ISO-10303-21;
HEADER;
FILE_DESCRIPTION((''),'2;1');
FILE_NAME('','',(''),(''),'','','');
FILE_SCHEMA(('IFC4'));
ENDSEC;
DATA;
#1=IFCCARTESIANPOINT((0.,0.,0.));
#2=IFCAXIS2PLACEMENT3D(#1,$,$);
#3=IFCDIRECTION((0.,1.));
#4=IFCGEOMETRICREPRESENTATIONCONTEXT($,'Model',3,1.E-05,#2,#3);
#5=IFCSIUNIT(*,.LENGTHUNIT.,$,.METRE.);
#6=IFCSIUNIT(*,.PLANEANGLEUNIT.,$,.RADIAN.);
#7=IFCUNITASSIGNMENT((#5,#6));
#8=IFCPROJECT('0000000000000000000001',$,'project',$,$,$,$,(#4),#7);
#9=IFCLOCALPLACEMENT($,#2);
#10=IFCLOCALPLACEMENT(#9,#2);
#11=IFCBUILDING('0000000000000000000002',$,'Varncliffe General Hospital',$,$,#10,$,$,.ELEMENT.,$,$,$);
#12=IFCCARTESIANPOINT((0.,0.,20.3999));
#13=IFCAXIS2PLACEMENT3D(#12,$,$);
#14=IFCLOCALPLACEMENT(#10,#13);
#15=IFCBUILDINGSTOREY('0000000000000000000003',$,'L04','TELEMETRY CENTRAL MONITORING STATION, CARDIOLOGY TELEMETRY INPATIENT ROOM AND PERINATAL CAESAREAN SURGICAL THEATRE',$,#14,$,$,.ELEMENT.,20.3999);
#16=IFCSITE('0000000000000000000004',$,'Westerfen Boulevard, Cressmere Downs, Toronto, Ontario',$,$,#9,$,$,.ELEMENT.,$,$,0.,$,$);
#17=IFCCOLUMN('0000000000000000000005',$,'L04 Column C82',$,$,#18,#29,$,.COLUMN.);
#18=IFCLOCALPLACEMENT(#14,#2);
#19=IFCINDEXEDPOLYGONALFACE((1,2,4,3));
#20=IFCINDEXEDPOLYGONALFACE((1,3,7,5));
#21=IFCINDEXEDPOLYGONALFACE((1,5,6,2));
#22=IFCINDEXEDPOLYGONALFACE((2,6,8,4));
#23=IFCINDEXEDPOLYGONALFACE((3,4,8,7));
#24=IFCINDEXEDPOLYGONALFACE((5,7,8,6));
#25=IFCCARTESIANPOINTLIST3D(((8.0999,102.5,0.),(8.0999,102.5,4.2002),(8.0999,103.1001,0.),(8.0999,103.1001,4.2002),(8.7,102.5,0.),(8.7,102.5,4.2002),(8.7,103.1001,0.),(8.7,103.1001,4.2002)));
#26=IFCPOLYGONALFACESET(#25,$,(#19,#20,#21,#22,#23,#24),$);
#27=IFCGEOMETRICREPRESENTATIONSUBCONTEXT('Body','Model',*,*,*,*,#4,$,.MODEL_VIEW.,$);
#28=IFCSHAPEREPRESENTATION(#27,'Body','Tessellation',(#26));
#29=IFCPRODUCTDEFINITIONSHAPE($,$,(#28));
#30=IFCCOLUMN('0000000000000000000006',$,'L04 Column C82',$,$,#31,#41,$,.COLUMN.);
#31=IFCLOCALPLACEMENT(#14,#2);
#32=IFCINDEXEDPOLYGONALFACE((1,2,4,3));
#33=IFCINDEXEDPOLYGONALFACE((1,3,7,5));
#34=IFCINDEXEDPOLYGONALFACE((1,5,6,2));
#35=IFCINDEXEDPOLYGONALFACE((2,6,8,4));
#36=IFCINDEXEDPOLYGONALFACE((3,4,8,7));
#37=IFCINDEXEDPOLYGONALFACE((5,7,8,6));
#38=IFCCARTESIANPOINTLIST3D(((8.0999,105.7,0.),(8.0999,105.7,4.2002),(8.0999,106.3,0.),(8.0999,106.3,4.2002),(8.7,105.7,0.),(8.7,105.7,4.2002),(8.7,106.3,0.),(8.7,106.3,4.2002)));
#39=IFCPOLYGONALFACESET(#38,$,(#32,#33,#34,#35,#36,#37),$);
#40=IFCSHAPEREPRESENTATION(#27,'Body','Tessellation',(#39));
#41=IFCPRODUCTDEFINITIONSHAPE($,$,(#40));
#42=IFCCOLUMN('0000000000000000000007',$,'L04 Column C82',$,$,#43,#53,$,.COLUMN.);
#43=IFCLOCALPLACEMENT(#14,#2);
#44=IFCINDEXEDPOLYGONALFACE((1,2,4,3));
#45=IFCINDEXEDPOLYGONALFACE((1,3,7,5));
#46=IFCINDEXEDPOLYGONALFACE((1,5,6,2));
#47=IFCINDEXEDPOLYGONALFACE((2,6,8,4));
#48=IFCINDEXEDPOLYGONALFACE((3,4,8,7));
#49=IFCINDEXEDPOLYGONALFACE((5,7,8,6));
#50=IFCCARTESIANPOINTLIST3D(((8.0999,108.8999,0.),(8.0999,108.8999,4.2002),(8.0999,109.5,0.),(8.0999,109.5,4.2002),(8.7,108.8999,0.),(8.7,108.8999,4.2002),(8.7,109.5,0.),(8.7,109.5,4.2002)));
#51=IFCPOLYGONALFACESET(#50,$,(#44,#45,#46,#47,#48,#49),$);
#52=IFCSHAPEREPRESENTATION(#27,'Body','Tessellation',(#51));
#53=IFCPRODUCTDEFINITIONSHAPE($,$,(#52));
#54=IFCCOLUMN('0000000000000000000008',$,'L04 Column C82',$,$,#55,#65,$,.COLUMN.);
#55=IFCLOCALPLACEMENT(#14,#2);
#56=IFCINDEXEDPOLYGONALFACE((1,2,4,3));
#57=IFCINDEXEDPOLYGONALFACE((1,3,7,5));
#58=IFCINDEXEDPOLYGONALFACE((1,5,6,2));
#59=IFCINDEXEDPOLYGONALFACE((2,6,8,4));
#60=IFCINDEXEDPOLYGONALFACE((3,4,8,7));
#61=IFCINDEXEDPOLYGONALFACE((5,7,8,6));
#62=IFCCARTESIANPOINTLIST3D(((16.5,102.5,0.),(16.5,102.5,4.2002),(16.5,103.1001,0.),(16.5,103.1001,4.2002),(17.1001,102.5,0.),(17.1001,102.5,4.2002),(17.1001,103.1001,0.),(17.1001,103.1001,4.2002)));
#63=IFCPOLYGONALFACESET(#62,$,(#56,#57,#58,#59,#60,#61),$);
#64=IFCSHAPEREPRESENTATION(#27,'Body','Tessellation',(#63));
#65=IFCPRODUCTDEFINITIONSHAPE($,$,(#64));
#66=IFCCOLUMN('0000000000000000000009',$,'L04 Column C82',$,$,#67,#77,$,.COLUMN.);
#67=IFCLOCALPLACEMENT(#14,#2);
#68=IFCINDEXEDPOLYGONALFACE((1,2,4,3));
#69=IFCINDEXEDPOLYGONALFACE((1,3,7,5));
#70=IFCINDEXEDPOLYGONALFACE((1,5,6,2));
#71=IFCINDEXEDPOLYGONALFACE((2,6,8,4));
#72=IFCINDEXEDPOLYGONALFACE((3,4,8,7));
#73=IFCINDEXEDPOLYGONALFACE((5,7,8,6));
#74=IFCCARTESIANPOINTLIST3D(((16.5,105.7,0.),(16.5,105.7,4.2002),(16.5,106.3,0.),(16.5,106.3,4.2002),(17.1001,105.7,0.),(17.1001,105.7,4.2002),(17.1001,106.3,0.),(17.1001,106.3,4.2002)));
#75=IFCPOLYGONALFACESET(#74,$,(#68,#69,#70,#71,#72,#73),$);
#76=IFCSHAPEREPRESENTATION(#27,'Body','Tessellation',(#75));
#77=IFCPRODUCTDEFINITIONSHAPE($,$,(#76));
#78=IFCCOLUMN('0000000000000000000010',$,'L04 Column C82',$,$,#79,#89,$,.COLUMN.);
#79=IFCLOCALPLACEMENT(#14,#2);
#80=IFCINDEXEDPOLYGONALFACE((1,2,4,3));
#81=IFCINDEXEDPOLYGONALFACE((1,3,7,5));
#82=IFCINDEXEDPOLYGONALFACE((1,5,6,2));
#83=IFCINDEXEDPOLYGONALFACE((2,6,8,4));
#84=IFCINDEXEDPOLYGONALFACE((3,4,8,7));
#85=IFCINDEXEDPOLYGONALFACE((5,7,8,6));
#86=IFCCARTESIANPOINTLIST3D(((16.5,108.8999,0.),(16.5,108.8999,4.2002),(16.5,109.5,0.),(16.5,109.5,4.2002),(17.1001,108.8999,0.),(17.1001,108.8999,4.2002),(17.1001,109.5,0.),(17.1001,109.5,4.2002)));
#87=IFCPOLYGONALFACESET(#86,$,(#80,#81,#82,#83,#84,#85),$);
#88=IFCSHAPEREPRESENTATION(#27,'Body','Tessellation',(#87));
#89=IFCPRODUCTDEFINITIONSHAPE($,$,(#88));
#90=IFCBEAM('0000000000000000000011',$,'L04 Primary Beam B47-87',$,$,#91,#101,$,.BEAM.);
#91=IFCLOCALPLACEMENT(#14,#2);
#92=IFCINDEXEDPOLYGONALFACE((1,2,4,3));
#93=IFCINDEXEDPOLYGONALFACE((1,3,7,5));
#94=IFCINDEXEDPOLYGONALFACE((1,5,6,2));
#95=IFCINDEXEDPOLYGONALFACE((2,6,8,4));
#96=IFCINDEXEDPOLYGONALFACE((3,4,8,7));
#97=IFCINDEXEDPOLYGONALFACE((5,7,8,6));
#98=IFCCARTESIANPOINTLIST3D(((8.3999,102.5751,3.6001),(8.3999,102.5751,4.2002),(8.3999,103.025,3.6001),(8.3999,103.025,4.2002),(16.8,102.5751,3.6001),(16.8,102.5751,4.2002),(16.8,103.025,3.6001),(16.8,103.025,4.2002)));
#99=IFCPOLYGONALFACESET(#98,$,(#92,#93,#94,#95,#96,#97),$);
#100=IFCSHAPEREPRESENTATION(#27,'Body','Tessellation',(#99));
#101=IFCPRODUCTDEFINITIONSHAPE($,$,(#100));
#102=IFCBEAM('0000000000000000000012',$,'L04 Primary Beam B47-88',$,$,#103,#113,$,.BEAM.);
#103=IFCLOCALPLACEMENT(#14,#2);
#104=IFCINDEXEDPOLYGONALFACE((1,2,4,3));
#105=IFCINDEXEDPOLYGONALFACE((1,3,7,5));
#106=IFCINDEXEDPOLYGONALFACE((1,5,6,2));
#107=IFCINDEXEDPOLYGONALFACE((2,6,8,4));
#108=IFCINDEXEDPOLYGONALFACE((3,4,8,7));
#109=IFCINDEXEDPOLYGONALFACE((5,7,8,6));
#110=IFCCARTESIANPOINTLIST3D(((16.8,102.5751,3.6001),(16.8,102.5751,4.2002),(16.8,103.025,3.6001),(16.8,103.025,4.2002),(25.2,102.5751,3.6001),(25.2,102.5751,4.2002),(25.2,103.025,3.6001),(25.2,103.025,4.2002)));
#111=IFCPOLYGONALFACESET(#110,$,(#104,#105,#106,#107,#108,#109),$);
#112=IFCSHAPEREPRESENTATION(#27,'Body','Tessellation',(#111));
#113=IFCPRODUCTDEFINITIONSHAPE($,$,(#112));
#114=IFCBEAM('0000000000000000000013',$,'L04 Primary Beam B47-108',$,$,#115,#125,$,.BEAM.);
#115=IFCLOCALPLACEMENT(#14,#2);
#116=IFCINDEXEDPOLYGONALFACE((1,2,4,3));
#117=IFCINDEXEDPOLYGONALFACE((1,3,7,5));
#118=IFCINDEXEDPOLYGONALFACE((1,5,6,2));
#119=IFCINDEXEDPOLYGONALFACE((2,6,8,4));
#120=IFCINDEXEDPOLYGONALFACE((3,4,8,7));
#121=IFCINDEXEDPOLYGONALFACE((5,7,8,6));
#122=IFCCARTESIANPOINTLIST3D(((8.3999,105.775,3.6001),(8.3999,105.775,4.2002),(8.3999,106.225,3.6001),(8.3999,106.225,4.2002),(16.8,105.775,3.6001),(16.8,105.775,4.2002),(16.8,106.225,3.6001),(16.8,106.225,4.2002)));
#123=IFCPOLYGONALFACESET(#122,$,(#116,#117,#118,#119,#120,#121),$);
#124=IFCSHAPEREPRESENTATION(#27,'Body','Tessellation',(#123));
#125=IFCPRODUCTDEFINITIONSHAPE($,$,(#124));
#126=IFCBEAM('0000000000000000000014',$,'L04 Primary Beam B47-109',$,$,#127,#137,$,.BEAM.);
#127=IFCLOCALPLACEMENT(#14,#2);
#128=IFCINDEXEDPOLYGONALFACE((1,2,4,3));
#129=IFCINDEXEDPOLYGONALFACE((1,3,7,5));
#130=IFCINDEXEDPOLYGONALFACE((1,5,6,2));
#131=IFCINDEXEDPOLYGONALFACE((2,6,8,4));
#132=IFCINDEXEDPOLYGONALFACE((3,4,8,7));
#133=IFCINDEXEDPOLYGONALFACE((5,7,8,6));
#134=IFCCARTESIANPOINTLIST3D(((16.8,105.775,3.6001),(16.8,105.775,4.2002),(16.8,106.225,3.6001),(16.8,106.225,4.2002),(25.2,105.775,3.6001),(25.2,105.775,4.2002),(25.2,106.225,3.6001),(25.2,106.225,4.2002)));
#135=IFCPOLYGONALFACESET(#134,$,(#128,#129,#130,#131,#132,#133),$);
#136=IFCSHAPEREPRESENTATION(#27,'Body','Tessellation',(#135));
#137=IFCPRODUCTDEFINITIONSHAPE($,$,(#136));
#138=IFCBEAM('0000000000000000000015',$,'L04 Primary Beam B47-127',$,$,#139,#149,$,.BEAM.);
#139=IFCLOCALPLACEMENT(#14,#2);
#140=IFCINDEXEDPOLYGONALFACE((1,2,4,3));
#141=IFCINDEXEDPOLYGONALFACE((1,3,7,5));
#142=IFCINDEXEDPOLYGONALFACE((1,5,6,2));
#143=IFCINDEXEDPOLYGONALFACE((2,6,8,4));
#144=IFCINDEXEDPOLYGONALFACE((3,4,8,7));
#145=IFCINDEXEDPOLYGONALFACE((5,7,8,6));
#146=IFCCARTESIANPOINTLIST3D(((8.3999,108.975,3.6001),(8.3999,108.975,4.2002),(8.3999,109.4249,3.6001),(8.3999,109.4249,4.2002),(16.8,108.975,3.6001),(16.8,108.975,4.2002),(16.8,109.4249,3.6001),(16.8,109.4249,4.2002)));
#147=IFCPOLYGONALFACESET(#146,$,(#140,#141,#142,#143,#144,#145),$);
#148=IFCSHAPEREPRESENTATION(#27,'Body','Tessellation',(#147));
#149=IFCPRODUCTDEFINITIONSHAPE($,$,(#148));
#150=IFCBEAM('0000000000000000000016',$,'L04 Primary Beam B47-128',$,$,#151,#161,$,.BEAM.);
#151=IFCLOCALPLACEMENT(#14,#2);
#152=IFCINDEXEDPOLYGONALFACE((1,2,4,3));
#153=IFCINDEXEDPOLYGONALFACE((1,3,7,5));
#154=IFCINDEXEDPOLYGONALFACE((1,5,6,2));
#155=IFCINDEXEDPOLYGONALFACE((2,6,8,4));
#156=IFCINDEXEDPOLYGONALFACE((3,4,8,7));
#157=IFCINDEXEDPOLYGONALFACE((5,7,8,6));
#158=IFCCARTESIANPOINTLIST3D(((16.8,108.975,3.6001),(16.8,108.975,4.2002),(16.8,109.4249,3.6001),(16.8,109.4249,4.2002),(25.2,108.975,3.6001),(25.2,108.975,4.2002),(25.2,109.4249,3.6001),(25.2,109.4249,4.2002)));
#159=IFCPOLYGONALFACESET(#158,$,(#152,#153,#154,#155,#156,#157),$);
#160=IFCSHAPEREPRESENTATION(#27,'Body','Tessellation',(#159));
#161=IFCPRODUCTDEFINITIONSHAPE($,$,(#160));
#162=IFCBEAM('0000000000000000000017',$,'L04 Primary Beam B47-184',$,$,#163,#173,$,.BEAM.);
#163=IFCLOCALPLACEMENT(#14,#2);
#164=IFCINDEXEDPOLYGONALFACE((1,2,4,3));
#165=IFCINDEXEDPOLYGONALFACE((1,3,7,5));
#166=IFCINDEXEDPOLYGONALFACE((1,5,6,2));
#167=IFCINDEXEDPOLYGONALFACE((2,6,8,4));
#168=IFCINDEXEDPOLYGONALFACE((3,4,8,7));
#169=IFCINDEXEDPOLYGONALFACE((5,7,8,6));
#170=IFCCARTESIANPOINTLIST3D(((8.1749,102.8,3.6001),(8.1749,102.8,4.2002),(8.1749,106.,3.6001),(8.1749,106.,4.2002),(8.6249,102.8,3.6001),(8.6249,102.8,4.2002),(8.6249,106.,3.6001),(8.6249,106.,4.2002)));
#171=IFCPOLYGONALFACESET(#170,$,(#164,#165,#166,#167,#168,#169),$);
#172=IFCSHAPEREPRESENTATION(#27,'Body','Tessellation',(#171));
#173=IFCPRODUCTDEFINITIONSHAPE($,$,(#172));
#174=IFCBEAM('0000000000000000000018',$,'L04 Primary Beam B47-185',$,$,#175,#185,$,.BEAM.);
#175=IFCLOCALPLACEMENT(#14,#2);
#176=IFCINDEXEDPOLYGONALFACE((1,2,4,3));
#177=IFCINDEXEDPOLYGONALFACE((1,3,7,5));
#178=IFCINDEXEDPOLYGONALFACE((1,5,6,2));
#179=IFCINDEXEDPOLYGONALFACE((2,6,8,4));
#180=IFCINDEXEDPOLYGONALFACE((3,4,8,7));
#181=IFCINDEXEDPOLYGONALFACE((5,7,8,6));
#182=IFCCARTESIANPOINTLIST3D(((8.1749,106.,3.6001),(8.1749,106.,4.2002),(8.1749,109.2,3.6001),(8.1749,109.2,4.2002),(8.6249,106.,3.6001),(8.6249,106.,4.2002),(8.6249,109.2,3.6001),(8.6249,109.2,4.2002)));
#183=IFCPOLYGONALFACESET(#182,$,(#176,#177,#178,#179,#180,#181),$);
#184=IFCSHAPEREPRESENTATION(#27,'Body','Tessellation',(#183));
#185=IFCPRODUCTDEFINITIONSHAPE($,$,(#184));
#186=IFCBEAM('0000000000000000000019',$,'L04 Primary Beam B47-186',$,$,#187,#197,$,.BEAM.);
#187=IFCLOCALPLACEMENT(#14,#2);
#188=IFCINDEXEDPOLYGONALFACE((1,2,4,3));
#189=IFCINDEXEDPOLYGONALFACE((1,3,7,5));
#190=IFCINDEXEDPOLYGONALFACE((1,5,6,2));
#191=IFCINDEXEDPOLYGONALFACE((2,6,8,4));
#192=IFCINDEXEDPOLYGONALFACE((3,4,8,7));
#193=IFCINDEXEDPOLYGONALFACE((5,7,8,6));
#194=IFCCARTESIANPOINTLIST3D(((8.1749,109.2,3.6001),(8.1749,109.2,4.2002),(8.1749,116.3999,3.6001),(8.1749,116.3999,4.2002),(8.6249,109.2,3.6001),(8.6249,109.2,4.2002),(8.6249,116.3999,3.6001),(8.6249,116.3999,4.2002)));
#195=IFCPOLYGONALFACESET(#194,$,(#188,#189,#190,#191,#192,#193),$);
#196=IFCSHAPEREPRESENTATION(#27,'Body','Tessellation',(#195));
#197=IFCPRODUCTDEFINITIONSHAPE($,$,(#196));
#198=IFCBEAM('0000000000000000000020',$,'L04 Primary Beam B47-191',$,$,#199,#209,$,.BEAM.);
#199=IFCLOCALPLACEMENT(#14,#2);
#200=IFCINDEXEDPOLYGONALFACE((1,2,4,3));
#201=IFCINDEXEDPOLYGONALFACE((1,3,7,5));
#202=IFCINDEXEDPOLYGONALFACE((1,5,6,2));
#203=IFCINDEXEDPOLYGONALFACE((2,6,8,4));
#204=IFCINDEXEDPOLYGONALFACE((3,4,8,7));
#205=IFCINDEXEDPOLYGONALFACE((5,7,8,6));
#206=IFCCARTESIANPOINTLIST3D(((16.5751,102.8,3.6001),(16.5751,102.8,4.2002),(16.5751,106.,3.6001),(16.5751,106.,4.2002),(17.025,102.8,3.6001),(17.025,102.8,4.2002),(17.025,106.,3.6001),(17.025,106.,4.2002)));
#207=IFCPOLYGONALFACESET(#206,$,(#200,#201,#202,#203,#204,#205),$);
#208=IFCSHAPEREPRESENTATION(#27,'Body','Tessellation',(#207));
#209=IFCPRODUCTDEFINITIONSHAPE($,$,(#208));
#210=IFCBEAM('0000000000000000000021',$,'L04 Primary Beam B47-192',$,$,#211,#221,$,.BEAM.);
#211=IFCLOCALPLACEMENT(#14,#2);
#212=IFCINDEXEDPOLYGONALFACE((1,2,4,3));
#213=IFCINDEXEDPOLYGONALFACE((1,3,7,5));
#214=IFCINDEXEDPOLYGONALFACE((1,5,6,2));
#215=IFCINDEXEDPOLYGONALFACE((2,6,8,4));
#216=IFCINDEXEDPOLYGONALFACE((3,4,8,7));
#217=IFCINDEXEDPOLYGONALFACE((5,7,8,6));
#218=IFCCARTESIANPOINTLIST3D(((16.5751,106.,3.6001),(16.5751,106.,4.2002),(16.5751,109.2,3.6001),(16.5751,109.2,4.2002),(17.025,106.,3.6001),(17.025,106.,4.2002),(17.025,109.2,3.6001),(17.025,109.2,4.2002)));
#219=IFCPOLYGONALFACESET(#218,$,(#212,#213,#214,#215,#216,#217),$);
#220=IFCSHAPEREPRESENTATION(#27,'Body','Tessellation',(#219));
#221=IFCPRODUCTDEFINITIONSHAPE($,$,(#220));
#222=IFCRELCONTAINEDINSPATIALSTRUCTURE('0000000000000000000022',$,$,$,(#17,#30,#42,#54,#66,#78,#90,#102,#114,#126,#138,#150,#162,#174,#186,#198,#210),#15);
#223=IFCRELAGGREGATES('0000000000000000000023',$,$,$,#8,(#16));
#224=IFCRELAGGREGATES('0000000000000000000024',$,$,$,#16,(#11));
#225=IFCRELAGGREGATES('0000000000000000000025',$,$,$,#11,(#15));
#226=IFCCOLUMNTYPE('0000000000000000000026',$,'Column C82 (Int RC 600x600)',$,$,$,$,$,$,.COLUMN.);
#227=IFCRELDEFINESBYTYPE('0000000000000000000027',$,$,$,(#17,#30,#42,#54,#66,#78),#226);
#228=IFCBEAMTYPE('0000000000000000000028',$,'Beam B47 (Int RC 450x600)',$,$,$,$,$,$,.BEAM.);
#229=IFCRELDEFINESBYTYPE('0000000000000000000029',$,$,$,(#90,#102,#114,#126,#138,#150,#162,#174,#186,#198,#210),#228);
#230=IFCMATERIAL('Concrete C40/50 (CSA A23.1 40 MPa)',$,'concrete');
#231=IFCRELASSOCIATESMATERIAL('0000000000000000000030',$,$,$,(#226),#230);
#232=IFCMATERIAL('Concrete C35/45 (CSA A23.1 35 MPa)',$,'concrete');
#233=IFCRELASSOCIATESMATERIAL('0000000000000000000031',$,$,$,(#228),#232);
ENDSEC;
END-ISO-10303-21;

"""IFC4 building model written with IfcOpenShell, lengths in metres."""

from ifc_helpers import new_model, si_unit, direction, frame, origin, origin_2d, place, context, subcontext, project, spatial, rectangle, extrude, material, material_profile, profile_set, type_object, element, save


model = new_model("IFC4")

# Units and contexts
model_context = context("Model", 3, precision=1e-05, world=origin(), true_north=direction((0.0, 1.0)))
body_context = subcontext(model_context, "Body", "Model", "MODEL_VIEW")
ifc_project = project(units=[si_unit("LENGTHUNIT", "METRE"), si_unit("PLANEANGLEUNIT", "RADIAN")], contexts=[model_context])

# Site, building, storey
site_placement = place(None, origin())
site = spatial("IfcSite", under=ifc_project, at=site_placement, Name="Westerfen Boulevard, Cressmere Downs, Toronto, Ontario", CompositionType="ELEMENT", RefElevation=0.0)
building_placement = place(site_placement, origin())
building = spatial("IfcBuilding", under=site, at=building_placement, Name="Varncliffe General Hospital", CompositionType="ELEMENT")
storey_placement = place(building_placement, frame((0.0, 0.0, 20.3999)))
storey = spatial("IfcBuildingStorey", under=building, at=storey_placement, Name="L04", Description="TELEMETRY CENTRAL MONITORING STATION, CARDIOLOGY TELEMETRY INPATIENT ROOM AND PERINATAL CAESAREAN SURGICAL THEATRE", CompositionType="ELEMENT", Elevation=20.3999)

# Columns
ifc_material_1 = material(Name="Concrete C40/50 (CSA A23.1 40 MPa)", Category="concrete")
ifc_material_profile_1 = material_profile(ifc_material_1, rectangle(XDim=0.6001, YDim=0.6001, at=origin_2d()), Name="RC 600x600")
ifc_profile_set_1 = profile_set([ifc_material_profile_1], Name="Concrete C40/50 (CSA A23.1 40 MPa)")
column_type = type_object("IfcColumnType", Name="Column C82 (Int RC 600x600)", PredefinedType="COLUMN", material=ifc_profile_set_1)
for number, where, z_axis, x_axis, name in (
    (1, (8.3999, 102.8, 0.0), (0.0, 0.0, 1.0), (1.0, 0.0, 0.0), "L04 Column C82"),
    (2, (8.3999, 106.0, 0.0), (0.0, 0.0, 1.0), (1.0, 0.0, 0.0), "L04 Column C82"),
    (3, (8.3999, 109.2, 0.0), (0.0, 0.0, 1.0), (1.0, 0.0, 0.0), "L04 Column C82"),
    (4, (16.8, 102.8, 0.0), (0.0, 0.0, 1.0), (1.0, 0.0, 0.0), "L04 Column C82"),
    (5, (16.8, 106.0, 0.0), (0.0, 0.0, 1.0), (1.0, 0.0, 0.0), "L04 Column C82"),
    (6, (16.8, 109.2, 0.0), (0.0, 0.0, 1.0), (1.0, 0.0, 0.0), "L04 Column C82"),
):
    element("IfcColumn", number, at=place(storey_placement, frame(where, z_axis=z_axis, x_axis=x_axis)), inside=storey, type_object=column_type, Name=name, PredefinedType="COLUMN", context=body_context, shape_type="SweptSolid", body=[
        extrude(rectangle(XDim=0.6001, YDim=0.6001, at=origin_2d()), origin(), (0.0, 0.0, 1.0), 4.2002),
    ])

# Beams
ifc_material_2 = material(Name="Concrete C35/45 (CSA A23.1 35 MPa)", Category="concrete")
ifc_material_profile_2 = material_profile(ifc_material_2, rectangle(XDim=0.45, YDim=0.6001, at=origin_2d()), Name="RC 450x600")
ifc_profile_set_2 = profile_set([ifc_material_profile_2], Name="Concrete C35/45 (CSA A23.1 35 MPa)")
beam_type = type_object("IfcBeamType", Name="Beam B47 (Int RC 450x600)", PredefinedType="BEAM", material=ifc_profile_set_2)
beam_1_placement = place(storey_placement, frame((8.3999, 102.8, 3.9001), z_axis=(1.0, 0.0, 0.0), x_axis=(0.0, 1.0, 0.0)))
element("IfcBeam", 7, at=beam_1_placement, inside=storey, type_object=beam_type, Name="L04 Primary Beam B47-87", PredefinedType="BEAM", context=body_context, shape_type="SweptSolid", body=[
    extrude(rectangle(XDim=0.45, YDim=0.6001, at=origin_2d()), origin(), (0.0, 0.0, 1.0), 8.4001),
])
beam_2_placement = place(storey_placement, frame((16.8, 102.8, 3.9001), z_axis=(1.0, 0.0, 0.0), x_axis=(0.0, 1.0, 0.0)))
element("IfcBeam", 8, at=beam_2_placement, inside=storey, type_object=beam_type, Name="L04 Primary Beam B47-88", PredefinedType="BEAM", context=body_context, shape_type="SweptSolid", body=[
    extrude(rectangle(XDim=0.45, YDim=0.6001, at=origin_2d()), origin(), (0.0, 0.0, 1.0), 8.3999),
])
beam_3_placement = place(storey_placement, frame((8.3999, 106.0, 3.9001), z_axis=(1.0, 0.0, 0.0), x_axis=(0.0, 1.0, 0.0)))
element("IfcBeam", 9, at=beam_3_placement, inside=storey, type_object=beam_type, Name="L04 Primary Beam B47-108", PredefinedType="BEAM", context=body_context, shape_type="SweptSolid", body=[
    extrude(rectangle(XDim=0.45, YDim=0.6001, at=origin_2d()), origin(), (0.0, 0.0, 1.0), 8.4001),
])
beam_4_placement = place(storey_placement, frame((16.8, 106.0, 3.9001), z_axis=(1.0, 0.0, 0.0), x_axis=(0.0, 1.0, 0.0)))
element("IfcBeam", 10, at=beam_4_placement, inside=storey, type_object=beam_type, Name="L04 Primary Beam B47-109", PredefinedType="BEAM", context=body_context, shape_type="SweptSolid", body=[
    extrude(rectangle(XDim=0.45, YDim=0.6001, at=origin_2d()), origin(), (0.0, 0.0, 1.0), 8.3999),
])
beam_5_placement = place(storey_placement, frame((8.3999, 109.2, 3.9001), z_axis=(1.0, 0.0, 0.0), x_axis=(0.0, 1.0, 0.0)))
element("IfcBeam", 11, at=beam_5_placement, inside=storey, type_object=beam_type, Name="L04 Primary Beam B47-127", PredefinedType="BEAM", context=body_context, shape_type="SweptSolid", body=[
    extrude(rectangle(XDim=0.45, YDim=0.6001, at=origin_2d()), origin(), (0.0, 0.0, 1.0), 8.4001),
])
beam_6_placement = place(storey_placement, frame((16.8, 109.2, 3.9001), z_axis=(1.0, 0.0, 0.0), x_axis=(0.0, 1.0, 0.0)))
element("IfcBeam", 12, at=beam_6_placement, inside=storey, type_object=beam_type, Name="L04 Primary Beam B47-128", PredefinedType="BEAM", context=body_context, shape_type="SweptSolid", body=[
    extrude(rectangle(XDim=0.45, YDim=0.6001, at=origin_2d()), origin(), (0.0, 0.0, 1.0), 8.3999),
])
for number, where, z_axis, x_axis, name in (
    (13, (8.3999, 102.8, 3.9001), (0.0, 1.0, 0.0), (-1.0, 0.0, 0.0), "L04 Primary Beam B47-184"),
    (14, (8.3999, 106.0, 3.9001), (0.0, 1.0, 0.0), (-1.0, 0.0, 0.0), "L04 Primary Beam B47-185"),
):
    element("IfcBeam", number, at=place(storey_placement, frame(where, z_axis=z_axis, x_axis=x_axis)), inside=storey, type_object=beam_type, Name=name, PredefinedType="BEAM", context=body_context, shape_type="SweptSolid", body=[
        extrude(rectangle(XDim=0.45, YDim=0.6001, at=origin_2d()), origin(), (0.0, 0.0, 1.0), 3.2),
    ])
beam_7_placement = place(storey_placement, frame((8.3999, 109.2, 3.9001), z_axis=(0.0, 1.0, 0.0), x_axis=(-1.0, 0.0, 0.0)))
element("IfcBeam", 15, at=beam_7_placement, inside=storey, type_object=beam_type, Name="L04 Primary Beam B47-186", PredefinedType="BEAM", context=body_context, shape_type="SweptSolid", body=[
    extrude(rectangle(XDim=0.45, YDim=0.6001, at=origin_2d()), origin(), (0.0, 0.0, 1.0), 7.2),
])
for number, where, z_axis, x_axis, name in (
    (16, (16.8, 102.8, 3.9001), (0.0, 1.0, 0.0), (-1.0, 0.0, 0.0), "L04 Primary Beam B47-191"),
    (17, (16.8, 106.0, 3.9001), (0.0, 1.0, 0.0), (-1.0, 0.0, 0.0), "L04 Primary Beam B47-192"),
):
    element("IfcBeam", number, at=place(storey_placement, frame(where, z_axis=z_axis, x_axis=x_axis)), inside=storey, type_object=beam_type, Name=name, PredefinedType="BEAM", context=body_context, shape_type="SweptSolid", body=[
        extrude(rectangle(XDim=0.45, YDim=0.6001, at=origin_2d()), origin(), (0.0, 0.0, 1.0), 3.2),
    ])

save(model, "model.ifc")
